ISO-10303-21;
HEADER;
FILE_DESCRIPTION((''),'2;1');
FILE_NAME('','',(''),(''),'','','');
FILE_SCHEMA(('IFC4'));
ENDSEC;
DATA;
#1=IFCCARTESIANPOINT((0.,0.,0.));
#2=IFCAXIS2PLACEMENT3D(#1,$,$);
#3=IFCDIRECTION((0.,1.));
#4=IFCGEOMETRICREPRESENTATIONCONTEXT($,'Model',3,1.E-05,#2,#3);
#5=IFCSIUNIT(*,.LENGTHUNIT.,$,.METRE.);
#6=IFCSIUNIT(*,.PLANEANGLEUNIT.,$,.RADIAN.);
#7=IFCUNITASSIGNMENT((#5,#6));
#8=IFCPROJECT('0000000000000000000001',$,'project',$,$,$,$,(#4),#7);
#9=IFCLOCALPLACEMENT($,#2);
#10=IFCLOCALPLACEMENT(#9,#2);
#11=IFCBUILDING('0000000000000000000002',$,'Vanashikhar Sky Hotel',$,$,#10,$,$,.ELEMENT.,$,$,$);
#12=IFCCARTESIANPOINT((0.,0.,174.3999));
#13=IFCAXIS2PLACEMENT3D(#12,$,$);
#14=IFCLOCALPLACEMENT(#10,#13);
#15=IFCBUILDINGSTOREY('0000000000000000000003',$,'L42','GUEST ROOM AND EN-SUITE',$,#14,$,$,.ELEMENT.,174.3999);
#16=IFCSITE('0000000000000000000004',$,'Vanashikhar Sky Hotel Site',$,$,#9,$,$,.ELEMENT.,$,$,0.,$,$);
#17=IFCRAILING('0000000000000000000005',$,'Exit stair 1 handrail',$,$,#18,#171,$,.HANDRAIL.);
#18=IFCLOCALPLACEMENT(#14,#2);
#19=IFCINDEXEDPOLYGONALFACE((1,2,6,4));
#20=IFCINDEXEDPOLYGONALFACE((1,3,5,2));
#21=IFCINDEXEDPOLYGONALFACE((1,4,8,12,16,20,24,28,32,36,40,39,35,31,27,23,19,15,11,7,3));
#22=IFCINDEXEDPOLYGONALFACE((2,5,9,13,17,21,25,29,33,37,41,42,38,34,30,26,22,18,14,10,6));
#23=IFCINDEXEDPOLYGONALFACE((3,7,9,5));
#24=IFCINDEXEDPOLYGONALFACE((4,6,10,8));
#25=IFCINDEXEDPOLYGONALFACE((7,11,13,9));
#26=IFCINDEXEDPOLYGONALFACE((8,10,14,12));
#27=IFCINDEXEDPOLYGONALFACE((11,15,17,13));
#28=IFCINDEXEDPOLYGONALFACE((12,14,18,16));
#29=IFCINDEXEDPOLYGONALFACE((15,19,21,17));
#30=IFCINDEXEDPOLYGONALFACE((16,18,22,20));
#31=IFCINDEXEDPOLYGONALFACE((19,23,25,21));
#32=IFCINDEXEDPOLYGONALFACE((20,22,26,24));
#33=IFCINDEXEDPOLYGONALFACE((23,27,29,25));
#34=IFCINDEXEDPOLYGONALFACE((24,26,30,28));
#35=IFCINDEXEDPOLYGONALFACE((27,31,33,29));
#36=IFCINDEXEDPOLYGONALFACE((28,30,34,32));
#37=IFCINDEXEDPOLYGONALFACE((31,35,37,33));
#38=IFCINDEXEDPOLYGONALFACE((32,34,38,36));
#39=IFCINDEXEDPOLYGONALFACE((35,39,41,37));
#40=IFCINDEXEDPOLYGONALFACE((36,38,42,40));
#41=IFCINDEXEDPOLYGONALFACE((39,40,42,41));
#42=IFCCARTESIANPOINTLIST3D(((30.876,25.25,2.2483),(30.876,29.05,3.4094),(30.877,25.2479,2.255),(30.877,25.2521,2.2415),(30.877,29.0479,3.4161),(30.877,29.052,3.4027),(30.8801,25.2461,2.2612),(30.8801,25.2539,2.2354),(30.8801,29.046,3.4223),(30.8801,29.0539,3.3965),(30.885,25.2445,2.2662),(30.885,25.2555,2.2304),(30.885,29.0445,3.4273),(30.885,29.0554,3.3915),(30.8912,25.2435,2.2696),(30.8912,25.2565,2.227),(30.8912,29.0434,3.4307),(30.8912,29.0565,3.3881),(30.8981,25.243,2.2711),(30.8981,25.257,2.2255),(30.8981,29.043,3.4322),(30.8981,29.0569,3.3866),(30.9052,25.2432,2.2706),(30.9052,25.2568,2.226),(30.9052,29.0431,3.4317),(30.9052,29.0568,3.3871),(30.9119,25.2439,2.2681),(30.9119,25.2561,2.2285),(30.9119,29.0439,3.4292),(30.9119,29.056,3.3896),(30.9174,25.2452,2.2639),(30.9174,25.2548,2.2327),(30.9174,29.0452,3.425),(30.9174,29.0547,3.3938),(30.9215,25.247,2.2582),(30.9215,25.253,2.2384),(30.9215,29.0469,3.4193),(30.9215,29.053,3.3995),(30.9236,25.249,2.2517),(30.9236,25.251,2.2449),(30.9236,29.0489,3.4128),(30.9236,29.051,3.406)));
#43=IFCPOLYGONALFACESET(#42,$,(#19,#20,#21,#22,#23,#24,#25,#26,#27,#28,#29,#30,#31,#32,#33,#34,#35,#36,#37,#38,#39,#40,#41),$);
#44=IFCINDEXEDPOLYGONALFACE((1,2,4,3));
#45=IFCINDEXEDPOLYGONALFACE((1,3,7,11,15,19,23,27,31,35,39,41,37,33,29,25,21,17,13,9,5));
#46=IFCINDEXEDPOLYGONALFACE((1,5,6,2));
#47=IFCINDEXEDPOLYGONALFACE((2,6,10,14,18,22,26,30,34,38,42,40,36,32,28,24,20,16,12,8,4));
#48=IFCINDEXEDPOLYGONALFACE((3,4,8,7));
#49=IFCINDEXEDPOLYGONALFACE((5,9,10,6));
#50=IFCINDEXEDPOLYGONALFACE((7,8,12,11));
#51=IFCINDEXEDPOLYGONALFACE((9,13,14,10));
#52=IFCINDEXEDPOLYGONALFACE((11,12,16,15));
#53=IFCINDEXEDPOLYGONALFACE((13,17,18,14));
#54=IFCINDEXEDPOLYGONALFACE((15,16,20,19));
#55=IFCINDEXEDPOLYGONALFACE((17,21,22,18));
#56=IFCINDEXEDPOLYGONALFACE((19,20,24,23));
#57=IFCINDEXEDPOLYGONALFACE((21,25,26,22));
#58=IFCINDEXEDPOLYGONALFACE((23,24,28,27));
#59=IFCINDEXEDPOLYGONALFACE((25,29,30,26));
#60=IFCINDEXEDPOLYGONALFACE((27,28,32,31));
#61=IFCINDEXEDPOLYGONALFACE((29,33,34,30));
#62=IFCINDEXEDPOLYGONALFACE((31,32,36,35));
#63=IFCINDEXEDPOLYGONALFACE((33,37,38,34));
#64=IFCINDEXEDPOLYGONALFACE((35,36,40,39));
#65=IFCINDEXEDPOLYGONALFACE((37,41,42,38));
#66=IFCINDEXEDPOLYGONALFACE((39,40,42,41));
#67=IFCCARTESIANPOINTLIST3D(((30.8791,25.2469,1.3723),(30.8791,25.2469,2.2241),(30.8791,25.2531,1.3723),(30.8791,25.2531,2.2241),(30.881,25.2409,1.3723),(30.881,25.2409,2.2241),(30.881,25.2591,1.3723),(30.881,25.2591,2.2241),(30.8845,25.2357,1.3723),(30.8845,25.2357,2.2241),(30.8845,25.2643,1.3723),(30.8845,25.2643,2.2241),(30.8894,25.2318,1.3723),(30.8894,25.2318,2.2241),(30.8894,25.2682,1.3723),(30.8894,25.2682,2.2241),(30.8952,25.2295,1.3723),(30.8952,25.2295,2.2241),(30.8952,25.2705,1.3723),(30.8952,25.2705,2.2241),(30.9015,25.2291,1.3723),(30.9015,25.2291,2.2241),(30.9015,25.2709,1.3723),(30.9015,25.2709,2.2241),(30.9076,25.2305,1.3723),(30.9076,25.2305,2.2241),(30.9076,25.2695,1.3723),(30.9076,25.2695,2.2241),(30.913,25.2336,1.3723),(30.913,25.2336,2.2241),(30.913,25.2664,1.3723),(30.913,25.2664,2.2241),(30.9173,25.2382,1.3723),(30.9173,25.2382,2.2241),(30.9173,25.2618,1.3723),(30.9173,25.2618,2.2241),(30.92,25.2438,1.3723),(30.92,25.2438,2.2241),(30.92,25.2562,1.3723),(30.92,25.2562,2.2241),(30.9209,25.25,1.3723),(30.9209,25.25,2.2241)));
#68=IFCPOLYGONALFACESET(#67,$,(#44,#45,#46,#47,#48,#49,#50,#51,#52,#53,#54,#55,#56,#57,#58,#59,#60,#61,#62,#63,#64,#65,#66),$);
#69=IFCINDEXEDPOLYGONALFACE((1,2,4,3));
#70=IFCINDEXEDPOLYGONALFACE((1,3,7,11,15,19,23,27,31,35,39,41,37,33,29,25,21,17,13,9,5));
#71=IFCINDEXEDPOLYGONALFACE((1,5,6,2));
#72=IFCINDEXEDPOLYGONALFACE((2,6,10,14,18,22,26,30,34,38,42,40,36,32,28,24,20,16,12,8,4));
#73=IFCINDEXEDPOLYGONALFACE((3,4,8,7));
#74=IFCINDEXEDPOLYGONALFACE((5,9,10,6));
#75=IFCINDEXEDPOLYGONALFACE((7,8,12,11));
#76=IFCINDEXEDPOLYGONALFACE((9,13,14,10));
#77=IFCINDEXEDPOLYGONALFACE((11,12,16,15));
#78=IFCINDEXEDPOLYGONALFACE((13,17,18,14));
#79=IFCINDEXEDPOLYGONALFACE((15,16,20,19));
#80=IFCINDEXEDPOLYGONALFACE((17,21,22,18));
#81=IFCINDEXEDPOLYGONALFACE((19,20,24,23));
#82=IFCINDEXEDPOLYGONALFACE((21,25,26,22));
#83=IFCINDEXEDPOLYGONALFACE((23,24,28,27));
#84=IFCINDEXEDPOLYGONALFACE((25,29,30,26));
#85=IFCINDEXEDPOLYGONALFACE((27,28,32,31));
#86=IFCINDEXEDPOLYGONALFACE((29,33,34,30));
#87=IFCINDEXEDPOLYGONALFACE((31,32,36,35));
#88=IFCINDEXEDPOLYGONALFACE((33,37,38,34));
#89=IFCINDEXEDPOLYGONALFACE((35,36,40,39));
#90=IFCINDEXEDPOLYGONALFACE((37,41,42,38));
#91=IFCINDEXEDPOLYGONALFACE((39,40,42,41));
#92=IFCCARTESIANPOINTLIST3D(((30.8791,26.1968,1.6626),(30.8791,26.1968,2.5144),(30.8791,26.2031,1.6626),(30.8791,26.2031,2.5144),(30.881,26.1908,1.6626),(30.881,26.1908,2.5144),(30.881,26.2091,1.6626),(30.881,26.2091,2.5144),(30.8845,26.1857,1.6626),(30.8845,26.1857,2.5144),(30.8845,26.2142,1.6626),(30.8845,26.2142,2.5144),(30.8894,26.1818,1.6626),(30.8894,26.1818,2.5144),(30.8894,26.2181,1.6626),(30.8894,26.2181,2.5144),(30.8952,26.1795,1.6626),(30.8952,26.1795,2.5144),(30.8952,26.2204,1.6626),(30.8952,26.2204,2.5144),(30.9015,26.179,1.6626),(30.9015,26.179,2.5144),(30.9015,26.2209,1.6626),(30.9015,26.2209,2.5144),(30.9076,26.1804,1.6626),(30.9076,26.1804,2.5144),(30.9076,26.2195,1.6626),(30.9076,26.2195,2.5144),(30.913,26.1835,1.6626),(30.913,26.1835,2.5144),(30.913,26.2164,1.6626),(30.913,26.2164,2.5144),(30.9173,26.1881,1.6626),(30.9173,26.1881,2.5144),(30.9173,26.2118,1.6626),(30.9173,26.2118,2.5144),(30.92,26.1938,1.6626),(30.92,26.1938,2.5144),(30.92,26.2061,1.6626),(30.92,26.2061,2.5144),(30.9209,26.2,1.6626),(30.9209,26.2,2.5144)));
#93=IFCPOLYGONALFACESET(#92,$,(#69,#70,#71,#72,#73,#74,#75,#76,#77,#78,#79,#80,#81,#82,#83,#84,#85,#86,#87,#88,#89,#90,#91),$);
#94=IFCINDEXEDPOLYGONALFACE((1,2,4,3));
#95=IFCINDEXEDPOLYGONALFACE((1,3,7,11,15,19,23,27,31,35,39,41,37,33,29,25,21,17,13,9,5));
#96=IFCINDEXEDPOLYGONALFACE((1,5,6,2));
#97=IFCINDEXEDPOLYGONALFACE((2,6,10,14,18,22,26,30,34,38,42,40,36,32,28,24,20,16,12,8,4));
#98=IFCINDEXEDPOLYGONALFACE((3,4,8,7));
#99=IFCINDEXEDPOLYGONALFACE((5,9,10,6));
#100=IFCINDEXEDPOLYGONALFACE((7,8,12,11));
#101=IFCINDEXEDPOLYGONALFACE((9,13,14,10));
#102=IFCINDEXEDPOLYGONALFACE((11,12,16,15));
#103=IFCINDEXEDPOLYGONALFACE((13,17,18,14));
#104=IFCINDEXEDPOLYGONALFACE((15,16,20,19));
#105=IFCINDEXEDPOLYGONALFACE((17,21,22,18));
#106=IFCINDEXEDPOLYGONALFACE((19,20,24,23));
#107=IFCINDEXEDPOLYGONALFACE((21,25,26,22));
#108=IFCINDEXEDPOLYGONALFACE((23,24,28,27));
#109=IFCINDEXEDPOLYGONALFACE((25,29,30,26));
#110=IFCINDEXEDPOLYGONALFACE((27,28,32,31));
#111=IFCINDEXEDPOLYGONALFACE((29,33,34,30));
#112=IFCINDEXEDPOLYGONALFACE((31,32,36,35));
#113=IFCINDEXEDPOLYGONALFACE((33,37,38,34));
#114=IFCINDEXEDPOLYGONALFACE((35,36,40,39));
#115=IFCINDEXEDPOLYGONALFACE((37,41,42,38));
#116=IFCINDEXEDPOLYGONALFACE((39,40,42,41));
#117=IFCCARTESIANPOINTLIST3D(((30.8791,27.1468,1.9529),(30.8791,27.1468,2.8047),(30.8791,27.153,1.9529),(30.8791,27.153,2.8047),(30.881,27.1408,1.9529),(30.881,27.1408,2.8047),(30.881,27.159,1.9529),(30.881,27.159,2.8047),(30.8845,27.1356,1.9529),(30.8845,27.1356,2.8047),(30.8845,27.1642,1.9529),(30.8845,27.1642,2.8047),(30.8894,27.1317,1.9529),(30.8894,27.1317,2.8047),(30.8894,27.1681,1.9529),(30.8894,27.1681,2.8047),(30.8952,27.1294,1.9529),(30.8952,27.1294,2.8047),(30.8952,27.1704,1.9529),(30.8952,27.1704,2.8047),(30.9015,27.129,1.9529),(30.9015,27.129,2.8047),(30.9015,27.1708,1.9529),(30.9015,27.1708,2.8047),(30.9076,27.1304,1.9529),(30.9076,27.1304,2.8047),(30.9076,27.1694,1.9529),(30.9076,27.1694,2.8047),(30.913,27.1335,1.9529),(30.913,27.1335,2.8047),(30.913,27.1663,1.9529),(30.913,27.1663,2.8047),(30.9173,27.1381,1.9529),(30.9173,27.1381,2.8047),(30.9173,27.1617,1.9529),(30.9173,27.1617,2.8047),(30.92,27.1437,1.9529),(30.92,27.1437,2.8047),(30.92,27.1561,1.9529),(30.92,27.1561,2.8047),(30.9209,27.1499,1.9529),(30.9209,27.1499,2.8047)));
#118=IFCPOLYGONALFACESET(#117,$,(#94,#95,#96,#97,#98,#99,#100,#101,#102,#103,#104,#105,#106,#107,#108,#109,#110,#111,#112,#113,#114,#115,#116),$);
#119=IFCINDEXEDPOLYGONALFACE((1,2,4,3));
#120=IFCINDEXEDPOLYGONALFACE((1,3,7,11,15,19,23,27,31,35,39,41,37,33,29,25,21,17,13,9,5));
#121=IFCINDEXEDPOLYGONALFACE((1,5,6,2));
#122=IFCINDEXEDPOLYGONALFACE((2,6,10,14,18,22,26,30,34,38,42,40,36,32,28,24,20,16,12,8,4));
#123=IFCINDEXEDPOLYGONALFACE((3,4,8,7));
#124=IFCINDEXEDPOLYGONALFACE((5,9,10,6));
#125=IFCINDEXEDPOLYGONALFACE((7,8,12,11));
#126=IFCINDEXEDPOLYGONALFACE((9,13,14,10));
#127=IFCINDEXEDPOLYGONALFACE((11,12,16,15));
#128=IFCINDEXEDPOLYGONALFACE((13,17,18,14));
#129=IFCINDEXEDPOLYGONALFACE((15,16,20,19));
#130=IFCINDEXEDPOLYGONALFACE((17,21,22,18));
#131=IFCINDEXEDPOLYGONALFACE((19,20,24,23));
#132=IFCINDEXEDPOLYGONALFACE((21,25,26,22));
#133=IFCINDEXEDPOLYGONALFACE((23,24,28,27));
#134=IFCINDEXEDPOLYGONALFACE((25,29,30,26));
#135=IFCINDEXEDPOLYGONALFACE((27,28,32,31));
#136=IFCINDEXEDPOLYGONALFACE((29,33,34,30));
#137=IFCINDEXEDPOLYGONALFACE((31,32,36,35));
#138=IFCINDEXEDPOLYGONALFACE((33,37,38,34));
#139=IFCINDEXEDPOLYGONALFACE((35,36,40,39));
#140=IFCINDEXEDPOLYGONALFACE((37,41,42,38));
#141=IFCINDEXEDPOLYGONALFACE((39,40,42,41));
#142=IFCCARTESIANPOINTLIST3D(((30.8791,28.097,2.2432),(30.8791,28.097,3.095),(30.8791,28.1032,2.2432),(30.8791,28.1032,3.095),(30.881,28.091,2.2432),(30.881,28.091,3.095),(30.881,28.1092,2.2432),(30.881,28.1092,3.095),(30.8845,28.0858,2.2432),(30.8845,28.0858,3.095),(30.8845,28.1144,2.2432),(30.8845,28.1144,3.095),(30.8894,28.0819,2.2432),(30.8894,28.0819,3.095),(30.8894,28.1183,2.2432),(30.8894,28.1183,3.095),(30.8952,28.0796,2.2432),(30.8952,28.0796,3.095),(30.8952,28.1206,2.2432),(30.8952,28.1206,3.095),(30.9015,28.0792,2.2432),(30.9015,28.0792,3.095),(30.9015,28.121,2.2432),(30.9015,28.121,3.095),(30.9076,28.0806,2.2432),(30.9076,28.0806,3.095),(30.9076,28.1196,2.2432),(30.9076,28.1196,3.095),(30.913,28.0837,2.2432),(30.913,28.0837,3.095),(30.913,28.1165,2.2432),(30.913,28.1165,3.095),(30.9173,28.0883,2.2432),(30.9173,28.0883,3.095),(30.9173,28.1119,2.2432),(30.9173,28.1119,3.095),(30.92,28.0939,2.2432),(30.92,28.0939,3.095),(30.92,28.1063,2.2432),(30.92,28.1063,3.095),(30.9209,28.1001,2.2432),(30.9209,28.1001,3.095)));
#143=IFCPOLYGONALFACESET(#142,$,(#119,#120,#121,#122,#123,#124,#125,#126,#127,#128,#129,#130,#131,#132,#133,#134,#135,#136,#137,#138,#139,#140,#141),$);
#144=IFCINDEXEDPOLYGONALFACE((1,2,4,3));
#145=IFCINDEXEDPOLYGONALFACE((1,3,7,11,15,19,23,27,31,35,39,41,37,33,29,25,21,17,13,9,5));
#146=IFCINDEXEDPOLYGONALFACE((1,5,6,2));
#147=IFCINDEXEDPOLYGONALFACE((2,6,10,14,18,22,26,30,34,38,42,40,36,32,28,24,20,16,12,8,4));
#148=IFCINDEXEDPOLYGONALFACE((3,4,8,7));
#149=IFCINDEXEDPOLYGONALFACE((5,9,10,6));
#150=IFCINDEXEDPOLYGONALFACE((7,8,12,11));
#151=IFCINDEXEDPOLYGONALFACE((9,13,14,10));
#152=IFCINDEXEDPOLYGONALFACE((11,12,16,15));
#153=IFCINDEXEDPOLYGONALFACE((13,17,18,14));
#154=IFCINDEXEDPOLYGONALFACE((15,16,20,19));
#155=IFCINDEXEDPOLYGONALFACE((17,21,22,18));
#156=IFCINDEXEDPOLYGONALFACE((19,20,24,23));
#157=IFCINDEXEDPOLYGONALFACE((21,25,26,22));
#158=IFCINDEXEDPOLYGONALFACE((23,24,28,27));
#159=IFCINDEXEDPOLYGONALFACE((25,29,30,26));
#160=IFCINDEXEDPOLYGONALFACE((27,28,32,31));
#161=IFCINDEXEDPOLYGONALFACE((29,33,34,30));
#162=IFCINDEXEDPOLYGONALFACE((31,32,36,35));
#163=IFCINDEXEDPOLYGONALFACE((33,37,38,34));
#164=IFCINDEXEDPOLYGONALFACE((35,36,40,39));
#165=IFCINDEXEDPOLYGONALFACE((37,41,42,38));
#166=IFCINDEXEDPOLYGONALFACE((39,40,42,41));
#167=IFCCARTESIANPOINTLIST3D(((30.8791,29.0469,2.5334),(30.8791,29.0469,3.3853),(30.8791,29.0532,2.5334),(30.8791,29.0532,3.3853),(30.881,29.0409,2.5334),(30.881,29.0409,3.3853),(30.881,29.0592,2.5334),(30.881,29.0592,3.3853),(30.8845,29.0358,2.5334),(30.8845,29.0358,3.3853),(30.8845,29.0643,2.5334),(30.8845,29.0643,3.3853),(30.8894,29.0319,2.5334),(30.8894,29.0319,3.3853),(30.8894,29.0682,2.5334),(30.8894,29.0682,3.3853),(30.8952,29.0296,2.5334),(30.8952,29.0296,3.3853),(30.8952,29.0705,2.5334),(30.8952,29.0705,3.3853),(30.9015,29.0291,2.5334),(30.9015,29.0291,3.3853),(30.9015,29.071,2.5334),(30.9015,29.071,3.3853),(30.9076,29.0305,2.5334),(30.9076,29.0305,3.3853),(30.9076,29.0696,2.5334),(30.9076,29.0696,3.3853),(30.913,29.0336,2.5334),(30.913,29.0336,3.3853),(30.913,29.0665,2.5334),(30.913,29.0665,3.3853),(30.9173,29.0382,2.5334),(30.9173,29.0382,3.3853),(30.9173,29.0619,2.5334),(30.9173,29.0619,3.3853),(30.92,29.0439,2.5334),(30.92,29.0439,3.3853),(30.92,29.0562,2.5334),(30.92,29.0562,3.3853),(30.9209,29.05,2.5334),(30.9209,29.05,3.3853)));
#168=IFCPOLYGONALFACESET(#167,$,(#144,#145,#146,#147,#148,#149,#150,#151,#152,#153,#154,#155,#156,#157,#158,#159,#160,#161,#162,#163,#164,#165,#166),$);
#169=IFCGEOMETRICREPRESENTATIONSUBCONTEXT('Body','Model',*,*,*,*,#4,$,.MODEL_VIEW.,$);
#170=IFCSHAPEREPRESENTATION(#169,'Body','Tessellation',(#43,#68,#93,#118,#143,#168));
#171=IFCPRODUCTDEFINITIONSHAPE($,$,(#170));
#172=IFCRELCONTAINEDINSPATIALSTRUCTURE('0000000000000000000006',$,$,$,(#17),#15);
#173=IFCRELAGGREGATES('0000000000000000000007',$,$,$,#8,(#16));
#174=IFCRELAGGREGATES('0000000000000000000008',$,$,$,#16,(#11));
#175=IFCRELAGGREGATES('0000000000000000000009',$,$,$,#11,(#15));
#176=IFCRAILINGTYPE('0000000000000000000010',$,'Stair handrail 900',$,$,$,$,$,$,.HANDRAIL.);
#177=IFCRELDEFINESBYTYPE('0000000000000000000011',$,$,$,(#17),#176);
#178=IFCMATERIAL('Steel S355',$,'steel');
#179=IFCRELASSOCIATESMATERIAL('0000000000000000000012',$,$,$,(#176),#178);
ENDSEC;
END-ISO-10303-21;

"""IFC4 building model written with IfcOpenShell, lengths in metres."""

from ifc_helpers import new_model, si_unit, direction, frame, origin, origin_2d, place, context, subcontext, project, spatial, circle, extrude, source, transform, mapped, material, type_object, element, save


model = new_model("IFC4")

# Units and contexts
model_context = context("Model", 3, precision=1e-05, world=origin(), true_north=direction((0.0, 1.0)))
body_context = subcontext(model_context, "Body", "Model", "MODEL_VIEW")
ifc_project = project(units=[si_unit("LENGTHUNIT", "METRE"), si_unit("PLANEANGLEUNIT", "RADIAN")], contexts=[model_context])

# Site, building, storey
site_placement = place(None, origin())
site = spatial("IfcSite", under=ifc_project, at=site_placement, Name="Vanashikhar Sky Hotel Site", CompositionType="ELEMENT", RefElevation=0.0)
building_placement = place(site_placement, origin())
building = spatial("IfcBuilding", under=site, at=building_placement, Name="Vanashikhar Sky Hotel", CompositionType="ELEMENT")
storey_placement = place(building_placement, frame((0.0, 0.0, 174.3999)))
storey = spatial("IfcBuildingStorey", under=building, at=storey_placement, Name="L42", Description="GUEST ROOM AND EN-SUITE", CompositionType="ELEMENT", Elevation=174.3999)

# Railing
ifc_material_1 = material(Name="Steel S355", Category="steel")
railing_type = type_object("IfcRailingType", Name="Stair handrail 900", PredefinedType="HANDRAIL", material=ifc_material_1)
shared_shape_1 = source(origin(), body_context, "Body", "SweptSolid", [
    extrude(circle(Radius=0.0239, at=origin_2d()), frame((0.0, 0.0, 0.876), z_axis=(0.0, 0.956351, 0.29222), x_axis=(-1.0, 0.0, 0.0)), (0.0, 0.0, 1.0), 3.9734),
    extrude(circle(Radius=0.021, at=origin_2d()), origin(), (0.0, 0.0, 1.0), 0.8518),
    extrude(circle(Radius=0.021, at=origin_2d()), frame((0.0, 0.95, 0.2903)), (0.0, 0.0, 1.0), 0.8518),
    extrude(circle(Radius=0.021, at=origin_2d()), frame((0.0, 1.8999, 0.5806)), (0.0, 0.0, 1.0), 0.8518),
    extrude(circle(Radius=0.021, at=origin_2d()), frame((0.0, 2.8501, 0.8708)), (0.0, 0.0, 1.0), 0.8518),
    extrude(circle(Radius=0.021, at=origin_2d()), frame((0.0, 3.8, 1.1611)), (0.0, 0.0, 1.0), 0.8518),
])
for number, where, name in (
    (1, (30.8999, 25.25, 1.3723), "Exit stair 1 handrail"),
):
    element("IfcRailing", number, at=place(storey_placement, frame(where)), inside=storey, type_object=railing_type, Name=name, PredefinedType="HANDRAIL", context=body_context, shape_type="MappedRepresentation", body=[
        mapped(shared_shape_1, transform((0.0, 0.0, 0.0), scale=1.0)),
    ])

save(model, "model.ifc")
